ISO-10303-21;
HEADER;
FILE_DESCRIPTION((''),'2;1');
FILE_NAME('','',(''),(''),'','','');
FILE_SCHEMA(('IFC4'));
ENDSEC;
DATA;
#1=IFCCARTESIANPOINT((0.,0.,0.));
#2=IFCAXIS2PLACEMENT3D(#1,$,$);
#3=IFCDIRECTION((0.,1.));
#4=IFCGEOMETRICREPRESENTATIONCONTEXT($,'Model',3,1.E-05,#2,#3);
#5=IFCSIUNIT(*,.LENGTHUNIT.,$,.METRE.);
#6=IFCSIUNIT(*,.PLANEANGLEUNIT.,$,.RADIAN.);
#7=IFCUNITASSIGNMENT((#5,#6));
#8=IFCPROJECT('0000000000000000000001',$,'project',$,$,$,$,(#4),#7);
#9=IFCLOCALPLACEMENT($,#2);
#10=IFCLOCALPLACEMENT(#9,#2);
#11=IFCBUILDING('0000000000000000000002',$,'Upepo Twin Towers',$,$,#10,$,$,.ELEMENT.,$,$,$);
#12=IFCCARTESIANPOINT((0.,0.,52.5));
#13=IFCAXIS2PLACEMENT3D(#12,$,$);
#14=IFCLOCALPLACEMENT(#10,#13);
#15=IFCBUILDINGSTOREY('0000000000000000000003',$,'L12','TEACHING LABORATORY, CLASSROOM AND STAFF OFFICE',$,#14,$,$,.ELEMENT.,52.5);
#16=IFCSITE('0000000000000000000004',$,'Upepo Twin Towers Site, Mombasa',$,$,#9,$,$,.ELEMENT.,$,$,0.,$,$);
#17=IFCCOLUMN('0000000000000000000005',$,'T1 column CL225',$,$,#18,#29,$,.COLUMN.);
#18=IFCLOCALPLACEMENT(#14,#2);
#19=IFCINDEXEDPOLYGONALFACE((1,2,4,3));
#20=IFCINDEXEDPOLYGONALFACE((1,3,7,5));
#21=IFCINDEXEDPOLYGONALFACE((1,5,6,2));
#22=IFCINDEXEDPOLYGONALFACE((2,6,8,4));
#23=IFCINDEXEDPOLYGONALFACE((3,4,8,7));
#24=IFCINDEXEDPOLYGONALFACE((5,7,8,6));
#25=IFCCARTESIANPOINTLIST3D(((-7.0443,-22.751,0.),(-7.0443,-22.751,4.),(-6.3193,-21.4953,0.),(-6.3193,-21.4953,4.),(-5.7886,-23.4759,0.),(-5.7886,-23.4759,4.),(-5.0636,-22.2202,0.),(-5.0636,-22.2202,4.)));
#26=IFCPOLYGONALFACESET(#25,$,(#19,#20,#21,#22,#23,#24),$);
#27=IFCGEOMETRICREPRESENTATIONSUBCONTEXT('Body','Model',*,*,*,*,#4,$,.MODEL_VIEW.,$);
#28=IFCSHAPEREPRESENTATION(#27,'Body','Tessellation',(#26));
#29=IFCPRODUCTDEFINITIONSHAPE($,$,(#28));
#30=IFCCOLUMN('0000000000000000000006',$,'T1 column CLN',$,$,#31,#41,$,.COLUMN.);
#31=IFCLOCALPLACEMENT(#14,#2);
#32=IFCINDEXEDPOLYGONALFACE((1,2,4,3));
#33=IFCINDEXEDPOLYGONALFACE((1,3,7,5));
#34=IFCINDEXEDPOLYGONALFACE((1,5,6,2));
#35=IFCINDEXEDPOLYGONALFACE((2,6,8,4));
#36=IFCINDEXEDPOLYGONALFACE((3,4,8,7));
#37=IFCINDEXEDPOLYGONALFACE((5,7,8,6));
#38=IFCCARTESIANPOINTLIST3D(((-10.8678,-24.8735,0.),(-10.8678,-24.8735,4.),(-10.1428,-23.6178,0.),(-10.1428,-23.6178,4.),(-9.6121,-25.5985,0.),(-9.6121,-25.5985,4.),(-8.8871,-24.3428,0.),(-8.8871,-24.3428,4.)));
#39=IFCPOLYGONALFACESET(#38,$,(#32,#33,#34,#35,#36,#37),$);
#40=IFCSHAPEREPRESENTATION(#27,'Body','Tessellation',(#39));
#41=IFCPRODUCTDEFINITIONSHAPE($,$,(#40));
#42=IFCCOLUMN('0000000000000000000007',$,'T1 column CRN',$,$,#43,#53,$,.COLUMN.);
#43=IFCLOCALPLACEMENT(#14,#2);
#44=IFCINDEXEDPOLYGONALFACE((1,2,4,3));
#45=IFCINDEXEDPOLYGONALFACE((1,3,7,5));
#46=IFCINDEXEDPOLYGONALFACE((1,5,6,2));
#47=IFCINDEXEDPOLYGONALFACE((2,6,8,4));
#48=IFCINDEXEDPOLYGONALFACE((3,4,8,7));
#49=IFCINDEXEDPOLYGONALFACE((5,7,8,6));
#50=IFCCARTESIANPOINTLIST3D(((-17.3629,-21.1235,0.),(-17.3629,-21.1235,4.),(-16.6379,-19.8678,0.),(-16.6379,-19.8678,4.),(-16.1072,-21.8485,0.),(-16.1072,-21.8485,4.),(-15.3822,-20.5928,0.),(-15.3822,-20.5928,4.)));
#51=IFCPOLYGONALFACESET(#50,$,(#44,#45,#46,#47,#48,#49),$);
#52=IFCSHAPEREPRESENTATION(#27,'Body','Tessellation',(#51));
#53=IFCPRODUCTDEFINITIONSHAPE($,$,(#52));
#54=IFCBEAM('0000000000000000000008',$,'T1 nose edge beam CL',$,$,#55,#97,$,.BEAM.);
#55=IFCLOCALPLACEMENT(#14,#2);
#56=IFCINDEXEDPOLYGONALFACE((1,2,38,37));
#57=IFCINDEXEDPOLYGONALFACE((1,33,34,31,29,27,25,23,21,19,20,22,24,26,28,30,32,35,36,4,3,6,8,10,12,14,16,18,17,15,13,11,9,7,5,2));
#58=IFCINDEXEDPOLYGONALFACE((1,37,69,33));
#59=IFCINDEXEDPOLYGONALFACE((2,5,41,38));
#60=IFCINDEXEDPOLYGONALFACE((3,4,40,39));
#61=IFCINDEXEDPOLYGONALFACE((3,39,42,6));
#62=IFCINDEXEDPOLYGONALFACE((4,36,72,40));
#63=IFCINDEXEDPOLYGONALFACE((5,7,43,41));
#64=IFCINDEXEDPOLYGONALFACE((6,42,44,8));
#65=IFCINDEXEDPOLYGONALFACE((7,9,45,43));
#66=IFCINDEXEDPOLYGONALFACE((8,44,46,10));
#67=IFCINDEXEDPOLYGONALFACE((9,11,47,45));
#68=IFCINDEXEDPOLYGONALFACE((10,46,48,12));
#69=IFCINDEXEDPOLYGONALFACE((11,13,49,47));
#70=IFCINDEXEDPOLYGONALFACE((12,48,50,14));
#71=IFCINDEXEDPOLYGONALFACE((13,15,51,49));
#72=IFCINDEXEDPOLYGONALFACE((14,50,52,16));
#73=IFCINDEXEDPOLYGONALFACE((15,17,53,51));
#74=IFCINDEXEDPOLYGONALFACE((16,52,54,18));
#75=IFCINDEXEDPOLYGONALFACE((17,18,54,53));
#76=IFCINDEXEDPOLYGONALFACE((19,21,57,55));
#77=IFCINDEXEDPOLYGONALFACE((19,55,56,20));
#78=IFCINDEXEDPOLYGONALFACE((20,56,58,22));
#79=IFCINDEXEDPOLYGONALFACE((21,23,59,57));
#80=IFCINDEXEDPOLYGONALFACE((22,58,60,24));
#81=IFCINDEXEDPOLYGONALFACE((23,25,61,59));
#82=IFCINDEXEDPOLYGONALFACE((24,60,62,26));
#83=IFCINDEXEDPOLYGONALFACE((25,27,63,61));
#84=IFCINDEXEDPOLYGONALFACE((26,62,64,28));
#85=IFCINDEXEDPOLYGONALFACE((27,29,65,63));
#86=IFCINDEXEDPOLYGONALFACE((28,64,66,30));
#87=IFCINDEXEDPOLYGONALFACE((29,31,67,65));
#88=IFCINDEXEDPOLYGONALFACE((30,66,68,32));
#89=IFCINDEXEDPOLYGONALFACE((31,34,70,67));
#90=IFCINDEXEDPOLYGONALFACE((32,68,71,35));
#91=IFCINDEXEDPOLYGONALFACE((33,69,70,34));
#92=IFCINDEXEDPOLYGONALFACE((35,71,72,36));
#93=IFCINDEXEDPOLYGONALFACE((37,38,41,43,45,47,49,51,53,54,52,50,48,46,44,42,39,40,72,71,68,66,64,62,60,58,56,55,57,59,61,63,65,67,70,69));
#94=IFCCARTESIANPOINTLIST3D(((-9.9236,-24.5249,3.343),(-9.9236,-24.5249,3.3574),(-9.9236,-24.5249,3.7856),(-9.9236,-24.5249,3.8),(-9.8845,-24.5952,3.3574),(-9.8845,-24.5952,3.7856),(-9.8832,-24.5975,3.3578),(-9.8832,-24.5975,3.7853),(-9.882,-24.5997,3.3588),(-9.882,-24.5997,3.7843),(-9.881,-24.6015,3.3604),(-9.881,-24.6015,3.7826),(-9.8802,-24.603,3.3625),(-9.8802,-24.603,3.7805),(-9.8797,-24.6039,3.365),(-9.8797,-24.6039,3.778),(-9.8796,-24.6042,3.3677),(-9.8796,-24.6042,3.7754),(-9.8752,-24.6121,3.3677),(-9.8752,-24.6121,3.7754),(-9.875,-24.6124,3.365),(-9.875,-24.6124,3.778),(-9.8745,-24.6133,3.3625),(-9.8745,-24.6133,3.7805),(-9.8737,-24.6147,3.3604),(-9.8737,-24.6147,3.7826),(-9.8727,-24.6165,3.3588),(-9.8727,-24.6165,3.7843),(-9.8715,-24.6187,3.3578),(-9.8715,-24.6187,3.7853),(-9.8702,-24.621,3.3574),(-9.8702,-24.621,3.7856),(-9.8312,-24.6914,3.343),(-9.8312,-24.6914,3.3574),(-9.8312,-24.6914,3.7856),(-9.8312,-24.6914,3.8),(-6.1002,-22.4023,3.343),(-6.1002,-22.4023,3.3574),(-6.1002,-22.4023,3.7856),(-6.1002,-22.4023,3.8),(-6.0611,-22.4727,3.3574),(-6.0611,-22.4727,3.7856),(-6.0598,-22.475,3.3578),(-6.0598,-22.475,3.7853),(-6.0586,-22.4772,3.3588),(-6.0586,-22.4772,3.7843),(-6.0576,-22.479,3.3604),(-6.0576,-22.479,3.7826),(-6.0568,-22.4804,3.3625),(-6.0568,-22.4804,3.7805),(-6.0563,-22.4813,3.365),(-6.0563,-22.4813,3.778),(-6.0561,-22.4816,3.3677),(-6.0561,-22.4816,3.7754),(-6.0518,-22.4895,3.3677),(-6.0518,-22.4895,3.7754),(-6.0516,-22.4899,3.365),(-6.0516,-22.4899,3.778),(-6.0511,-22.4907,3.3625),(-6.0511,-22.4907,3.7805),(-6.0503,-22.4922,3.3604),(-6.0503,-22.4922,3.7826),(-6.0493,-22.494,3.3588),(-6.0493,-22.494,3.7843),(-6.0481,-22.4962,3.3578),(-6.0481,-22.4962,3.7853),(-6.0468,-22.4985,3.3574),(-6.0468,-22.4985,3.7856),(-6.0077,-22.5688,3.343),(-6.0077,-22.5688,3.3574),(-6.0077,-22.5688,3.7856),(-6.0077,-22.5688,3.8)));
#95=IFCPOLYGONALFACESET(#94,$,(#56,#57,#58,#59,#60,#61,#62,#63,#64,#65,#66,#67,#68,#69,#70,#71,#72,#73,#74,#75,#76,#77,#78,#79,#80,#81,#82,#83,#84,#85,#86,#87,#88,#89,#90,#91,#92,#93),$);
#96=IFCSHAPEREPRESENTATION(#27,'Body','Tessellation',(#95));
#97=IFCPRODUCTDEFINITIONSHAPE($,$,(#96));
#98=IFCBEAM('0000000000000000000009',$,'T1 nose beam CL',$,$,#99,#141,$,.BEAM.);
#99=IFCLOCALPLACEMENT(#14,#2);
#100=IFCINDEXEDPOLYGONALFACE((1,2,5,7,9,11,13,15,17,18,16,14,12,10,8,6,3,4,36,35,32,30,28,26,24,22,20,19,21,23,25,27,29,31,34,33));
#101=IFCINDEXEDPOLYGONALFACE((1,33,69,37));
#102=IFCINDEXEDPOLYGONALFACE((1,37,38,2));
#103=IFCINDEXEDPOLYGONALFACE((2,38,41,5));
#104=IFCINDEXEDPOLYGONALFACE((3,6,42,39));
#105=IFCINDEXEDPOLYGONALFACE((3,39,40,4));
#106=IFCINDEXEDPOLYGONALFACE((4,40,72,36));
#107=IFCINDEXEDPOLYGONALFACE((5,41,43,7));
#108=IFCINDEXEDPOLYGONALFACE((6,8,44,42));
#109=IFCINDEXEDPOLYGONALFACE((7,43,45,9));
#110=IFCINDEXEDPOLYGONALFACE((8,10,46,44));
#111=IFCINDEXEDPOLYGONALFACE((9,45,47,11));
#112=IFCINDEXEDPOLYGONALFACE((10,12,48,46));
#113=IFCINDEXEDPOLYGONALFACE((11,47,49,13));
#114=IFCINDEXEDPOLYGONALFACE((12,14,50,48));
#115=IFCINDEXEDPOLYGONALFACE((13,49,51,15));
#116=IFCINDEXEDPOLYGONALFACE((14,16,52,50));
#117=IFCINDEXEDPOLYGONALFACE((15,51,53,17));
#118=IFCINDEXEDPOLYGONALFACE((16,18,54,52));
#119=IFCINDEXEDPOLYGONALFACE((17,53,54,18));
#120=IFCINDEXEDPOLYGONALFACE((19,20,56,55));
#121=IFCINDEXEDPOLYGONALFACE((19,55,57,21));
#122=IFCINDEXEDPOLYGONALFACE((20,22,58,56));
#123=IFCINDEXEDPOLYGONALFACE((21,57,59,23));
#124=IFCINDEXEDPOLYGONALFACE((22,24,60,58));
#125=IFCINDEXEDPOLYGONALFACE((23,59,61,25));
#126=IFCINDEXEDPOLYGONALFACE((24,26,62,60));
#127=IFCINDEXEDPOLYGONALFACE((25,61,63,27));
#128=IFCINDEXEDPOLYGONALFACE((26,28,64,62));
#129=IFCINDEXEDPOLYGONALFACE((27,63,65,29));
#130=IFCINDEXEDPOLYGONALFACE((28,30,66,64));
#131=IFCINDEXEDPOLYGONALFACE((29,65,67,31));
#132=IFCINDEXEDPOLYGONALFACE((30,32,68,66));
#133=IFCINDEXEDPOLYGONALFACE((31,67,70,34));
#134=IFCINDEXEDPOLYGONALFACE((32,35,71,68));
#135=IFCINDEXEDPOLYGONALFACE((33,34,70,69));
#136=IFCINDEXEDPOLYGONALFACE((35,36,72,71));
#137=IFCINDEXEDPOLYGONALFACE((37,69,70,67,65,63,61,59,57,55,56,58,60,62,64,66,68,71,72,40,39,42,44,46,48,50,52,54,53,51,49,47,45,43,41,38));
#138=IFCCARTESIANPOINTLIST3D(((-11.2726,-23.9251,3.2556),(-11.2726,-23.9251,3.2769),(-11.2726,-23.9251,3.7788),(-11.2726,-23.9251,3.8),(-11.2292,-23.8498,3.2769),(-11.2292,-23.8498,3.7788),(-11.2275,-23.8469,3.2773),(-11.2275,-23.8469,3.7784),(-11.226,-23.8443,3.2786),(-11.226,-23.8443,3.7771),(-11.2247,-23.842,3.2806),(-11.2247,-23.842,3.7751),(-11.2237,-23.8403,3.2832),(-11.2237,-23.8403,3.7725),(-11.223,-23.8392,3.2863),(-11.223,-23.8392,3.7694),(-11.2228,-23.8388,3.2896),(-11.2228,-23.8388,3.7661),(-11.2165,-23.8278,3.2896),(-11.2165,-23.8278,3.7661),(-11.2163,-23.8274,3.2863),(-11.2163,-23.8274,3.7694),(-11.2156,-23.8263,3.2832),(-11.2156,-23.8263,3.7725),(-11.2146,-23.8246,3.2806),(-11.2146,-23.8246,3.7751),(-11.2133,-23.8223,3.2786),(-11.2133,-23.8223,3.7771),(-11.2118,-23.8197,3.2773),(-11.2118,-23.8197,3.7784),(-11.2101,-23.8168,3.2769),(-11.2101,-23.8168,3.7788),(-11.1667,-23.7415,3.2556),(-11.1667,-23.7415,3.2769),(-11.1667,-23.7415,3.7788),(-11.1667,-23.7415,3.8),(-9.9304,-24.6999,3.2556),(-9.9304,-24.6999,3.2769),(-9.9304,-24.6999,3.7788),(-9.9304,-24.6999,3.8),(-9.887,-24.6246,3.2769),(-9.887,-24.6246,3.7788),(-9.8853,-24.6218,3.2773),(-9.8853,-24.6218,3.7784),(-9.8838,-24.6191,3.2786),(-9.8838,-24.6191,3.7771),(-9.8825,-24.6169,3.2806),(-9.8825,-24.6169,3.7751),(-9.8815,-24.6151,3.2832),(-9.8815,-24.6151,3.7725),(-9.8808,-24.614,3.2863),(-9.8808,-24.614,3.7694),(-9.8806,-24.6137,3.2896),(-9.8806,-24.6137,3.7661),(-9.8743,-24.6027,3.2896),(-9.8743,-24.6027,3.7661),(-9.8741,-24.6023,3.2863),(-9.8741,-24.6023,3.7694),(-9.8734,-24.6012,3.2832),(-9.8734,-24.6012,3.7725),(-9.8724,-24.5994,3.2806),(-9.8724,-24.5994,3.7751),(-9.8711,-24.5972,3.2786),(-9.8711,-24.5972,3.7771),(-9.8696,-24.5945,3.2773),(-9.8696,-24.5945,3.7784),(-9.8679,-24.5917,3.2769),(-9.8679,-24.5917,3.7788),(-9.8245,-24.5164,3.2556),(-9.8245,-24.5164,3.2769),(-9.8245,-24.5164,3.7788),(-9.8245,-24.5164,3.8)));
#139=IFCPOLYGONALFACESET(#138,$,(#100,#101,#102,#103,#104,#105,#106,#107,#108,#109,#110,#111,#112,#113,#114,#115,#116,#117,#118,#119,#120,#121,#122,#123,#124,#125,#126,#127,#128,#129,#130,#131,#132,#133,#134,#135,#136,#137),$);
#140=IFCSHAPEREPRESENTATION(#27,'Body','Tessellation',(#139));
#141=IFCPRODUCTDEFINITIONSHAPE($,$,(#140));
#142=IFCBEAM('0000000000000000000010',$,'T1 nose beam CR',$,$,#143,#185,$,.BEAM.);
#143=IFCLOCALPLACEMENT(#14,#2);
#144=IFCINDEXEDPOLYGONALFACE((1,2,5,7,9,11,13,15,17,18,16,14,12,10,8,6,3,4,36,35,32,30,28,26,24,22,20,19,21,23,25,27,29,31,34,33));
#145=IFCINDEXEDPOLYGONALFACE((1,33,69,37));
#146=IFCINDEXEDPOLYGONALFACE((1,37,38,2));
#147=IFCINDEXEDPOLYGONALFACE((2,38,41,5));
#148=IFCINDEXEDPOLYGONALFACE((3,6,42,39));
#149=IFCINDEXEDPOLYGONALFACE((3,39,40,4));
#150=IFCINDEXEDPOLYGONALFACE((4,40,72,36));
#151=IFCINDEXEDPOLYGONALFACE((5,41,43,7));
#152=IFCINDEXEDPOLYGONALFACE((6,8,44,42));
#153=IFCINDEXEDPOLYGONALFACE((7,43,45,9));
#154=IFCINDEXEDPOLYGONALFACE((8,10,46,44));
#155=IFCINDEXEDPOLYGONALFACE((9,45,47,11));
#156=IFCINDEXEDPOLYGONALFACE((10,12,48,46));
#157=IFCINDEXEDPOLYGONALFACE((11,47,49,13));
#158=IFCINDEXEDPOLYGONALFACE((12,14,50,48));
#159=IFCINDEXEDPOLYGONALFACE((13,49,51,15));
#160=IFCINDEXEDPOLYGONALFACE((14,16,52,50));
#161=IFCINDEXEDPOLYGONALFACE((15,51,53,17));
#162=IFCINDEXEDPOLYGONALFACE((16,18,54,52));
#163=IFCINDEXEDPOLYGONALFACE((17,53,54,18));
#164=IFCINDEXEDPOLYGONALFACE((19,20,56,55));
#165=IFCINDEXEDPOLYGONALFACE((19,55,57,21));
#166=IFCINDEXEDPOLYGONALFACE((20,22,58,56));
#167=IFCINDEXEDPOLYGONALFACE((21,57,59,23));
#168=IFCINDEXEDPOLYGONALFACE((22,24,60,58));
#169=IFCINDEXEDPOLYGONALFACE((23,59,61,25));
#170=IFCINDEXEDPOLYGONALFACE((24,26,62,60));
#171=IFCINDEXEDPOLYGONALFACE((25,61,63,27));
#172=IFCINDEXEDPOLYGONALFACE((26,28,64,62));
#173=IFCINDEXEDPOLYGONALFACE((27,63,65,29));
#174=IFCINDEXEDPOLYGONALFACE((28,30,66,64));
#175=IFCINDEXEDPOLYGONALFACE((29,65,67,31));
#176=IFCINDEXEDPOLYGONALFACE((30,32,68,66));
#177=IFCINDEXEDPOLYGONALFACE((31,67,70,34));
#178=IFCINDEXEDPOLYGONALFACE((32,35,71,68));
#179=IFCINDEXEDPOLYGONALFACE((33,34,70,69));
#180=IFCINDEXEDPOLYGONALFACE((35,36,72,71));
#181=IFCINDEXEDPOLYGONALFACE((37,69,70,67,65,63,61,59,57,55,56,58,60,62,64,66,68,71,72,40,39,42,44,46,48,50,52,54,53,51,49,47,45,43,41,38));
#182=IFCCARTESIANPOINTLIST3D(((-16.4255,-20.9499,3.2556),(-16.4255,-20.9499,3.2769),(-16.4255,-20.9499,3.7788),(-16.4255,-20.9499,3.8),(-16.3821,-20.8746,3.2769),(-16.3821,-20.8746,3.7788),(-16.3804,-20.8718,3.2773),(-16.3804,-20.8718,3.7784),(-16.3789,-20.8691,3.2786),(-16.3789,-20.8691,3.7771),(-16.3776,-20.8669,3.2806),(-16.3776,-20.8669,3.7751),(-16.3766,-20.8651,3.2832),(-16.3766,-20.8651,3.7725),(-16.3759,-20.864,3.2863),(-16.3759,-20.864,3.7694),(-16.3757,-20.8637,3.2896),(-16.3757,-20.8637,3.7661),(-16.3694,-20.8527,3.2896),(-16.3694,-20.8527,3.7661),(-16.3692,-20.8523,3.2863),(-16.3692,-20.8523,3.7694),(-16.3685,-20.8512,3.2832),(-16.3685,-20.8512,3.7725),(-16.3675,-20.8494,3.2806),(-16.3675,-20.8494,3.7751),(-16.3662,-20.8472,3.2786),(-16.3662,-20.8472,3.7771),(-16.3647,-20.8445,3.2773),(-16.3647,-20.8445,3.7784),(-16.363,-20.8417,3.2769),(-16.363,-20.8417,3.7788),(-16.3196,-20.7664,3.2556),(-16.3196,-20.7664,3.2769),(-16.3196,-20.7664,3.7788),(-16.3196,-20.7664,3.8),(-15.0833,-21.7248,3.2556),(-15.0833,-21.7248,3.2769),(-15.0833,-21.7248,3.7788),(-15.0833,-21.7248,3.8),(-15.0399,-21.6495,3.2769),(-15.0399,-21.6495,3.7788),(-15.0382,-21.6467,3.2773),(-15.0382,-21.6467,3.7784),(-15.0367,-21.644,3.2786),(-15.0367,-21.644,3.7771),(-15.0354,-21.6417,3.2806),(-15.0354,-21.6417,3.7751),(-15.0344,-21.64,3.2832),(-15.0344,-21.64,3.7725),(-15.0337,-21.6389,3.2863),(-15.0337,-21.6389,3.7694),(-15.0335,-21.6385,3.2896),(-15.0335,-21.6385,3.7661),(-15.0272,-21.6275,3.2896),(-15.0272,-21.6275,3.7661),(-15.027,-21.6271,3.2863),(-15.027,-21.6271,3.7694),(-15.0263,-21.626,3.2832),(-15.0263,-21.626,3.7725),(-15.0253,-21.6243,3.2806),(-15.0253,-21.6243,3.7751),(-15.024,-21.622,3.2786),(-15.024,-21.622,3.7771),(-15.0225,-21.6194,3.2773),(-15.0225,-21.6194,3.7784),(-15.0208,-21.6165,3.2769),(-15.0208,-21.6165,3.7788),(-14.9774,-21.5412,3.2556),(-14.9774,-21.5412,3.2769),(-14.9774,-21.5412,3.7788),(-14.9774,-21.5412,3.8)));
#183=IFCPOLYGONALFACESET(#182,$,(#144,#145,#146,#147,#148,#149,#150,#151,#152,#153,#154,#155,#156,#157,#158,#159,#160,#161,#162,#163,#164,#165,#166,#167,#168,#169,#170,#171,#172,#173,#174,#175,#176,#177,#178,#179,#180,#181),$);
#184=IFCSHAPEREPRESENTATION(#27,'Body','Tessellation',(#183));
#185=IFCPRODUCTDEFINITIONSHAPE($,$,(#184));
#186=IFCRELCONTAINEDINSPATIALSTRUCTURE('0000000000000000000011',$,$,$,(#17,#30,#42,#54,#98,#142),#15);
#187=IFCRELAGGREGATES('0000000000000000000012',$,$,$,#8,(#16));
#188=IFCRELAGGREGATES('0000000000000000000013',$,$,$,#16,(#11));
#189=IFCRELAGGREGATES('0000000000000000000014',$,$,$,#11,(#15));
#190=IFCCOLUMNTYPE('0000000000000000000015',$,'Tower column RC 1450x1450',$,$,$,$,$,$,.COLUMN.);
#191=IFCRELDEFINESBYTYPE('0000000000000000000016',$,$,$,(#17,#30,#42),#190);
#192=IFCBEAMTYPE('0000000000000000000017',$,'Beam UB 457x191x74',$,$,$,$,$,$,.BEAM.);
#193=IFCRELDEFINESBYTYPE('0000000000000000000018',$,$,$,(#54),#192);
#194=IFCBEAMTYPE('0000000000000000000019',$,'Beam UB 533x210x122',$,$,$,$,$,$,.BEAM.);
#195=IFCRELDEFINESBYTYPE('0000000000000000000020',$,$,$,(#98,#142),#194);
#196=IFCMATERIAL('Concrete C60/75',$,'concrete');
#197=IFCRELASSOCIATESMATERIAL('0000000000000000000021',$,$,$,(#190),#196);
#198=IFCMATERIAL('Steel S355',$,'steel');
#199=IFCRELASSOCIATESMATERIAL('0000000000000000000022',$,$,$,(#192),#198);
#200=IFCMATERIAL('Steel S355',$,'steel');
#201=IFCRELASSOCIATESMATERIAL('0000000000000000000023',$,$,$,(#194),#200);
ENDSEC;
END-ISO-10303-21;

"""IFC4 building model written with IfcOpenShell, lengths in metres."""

from ifc_helpers import new_model, si_unit, direction, frame, origin, origin_2d, place, context, subcontext, project, spatial, rectangle, i_section, extrude, material, material_profile, profile_set, type_object, element, save


model = new_model("IFC4")

# Units and contexts
model_context = context("Model", 3, precision=1e-05, world=origin(), true_north=direction((0.0, 1.0)))
body_context = subcontext(model_context, "Body", "Model", "MODEL_VIEW")
ifc_project = project(units=[si_unit("LENGTHUNIT", "METRE"), si_unit("PLANEANGLEUNIT", "RADIAN")], contexts=[model_context])

# Site, building, storey
site_placement = place(None, origin())
site = spatial("IfcSite", under=ifc_project, at=site_placement, Name="Upepo Twin Towers Site, Mombasa", CompositionType="ELEMENT", RefElevation=0.0)
building_placement = place(site_placement, origin())
building = spatial("IfcBuilding", under=site, at=building_placement, Name="Upepo Twin Towers", CompositionType="ELEMENT")
storey_placement = place(building_placement, frame((0.0, 0.0, 52.5)))
storey = spatial("IfcBuildingStorey", under=building, at=storey_placement, Name="L12", Description="TEACHING LABORATORY, CLASSROOM AND STAFF OFFICE", CompositionType="ELEMENT", Elevation=52.5)

# Columns
ifc_material_1 = material(Name="Concrete C60/75", Category="concrete")
ifc_material_profile_1 = material_profile(ifc_material_1, rectangle(XDim=1.45, YDim=1.45, at=origin_2d()), Name="RC 1450x1450")
ifc_profile_set_1 = profile_set([ifc_material_profile_1], Name="Concrete C60/75")
column_type = type_object("IfcColumnType", Name="Tower column RC 1450x1450", PredefinedType="COLUMN", material=ifc_profile_set_1)
for number, where, z_axis, x_axis, name in (
    (1, (-6.054, -22.4856, 0.0), (0.0, 0.0, 1.0), (0.5, 0.866025, 0.0), "T1 column CL225"),
    (2, (-9.8774, -24.6082, 0.0), (0.0, 0.0, 1.0), (0.5, 0.866025, 0.0), "T1 column CLN"),
    (3, (-16.3726, -20.8582, 0.0), (0.0, 0.0, 1.0), (0.5, 0.866025, 0.0), "T1 column CRN"),
):
    element("IfcColumn", number, at=place(storey_placement, frame(where, z_axis=z_axis, x_axis=x_axis)), inside=storey, type_object=column_type, Name=name, PredefinedType="COLUMN", context=body_context, shape_type="SweptSolid", body=[
        extrude(rectangle(XDim=1.45, YDim=1.45, at=origin_2d()), origin(), (0.0, 0.0, 1.0), 4.0),
    ])

# Beams
ifc_material_2 = material(Name="Steel S355", Category="steel")
ifc_material_profile_2 = material_profile(ifc_material_2, i_section(OverallWidth=0.1904, OverallDepth=0.457, WebThickness=0.009, FlangeThickness=0.0144, FilletRadius=0.0103, at=origin_2d()), Name="UB 457x191x74")
ifc_profile_set_2 = profile_set([ifc_material_profile_2], Name="Steel S355")
beam_type_1 = type_object("IfcBeamType", Name="Beam UB 457x191x74", PredefinedType="BEAM", material=ifc_profile_set_2)
beam_1_placement = place(storey_placement, frame((-6.054, -22.4856, 3.5715), z_axis=(-0.874313, -0.485363, 0.0), x_axis=(0.485363, -0.874313, 0.0)))
element("IfcBeam", 4, at=beam_1_placement, inside=storey, type_object=beam_type_1, Name="T1 nose edge beam CL", PredefinedType="BEAM", context=body_context, shape_type="SweptSolid", body=[
    extrude(i_section(OverallWidth=0.1904, OverallDepth=0.457, WebThickness=0.009, FlangeThickness=0.0144, FilletRadius=0.0103, at=origin_2d()), origin(), (0.0, 0.0, 1.0), 4.373),
])
ifc_material_3 = material(Name="Steel S355", Category="steel")
ifc_material_profile_3 = material_profile(ifc_material_3, i_section(OverallWidth=0.2119, OverallDepth=0.5444, WebThickness=0.0127, FlangeThickness=0.0212, FilletRadius=0.0127, at=origin_2d()), Name="UB 533x210x122")
ifc_profile_set_3 = profile_set([ifc_material_profile_3], Name="Steel S355")
beam_type_2 = type_object("IfcBeamType", Name="Beam UB 533x210x122", PredefinedType="BEAM", material=ifc_profile_set_3)
for number, where, z_axis, x_axis, name in (
    (5, (-9.8774, -24.6082, 3.5278), (-0.866044, 0.499968, 0.0), (-0.499968, -0.866044, 0.0), "T1 nose beam CL"),
    (6, (-16.3726, -20.8582, 3.5278), (0.866044, -0.499968, 0.0), (0.499968, 0.866044, 0.0), "T1 nose beam CR"),
):
    element("IfcBeam", number, at=place(storey_placement, frame(where, z_axis=z_axis, x_axis=x_axis)), inside=storey, type_object=beam_type_2, Name=name, PredefinedType="BEAM", context=body_context, shape_type="SweptSolid", body=[
        extrude(i_section(OverallWidth=0.2119, OverallDepth=0.5444, WebThickness=0.0127, FlangeThickness=0.0212, FilletRadius=0.0127, at=origin_2d()), origin(), (0.0, 0.0, 1.0), 1.5498),
    ])

save(model, "model.ifc")
